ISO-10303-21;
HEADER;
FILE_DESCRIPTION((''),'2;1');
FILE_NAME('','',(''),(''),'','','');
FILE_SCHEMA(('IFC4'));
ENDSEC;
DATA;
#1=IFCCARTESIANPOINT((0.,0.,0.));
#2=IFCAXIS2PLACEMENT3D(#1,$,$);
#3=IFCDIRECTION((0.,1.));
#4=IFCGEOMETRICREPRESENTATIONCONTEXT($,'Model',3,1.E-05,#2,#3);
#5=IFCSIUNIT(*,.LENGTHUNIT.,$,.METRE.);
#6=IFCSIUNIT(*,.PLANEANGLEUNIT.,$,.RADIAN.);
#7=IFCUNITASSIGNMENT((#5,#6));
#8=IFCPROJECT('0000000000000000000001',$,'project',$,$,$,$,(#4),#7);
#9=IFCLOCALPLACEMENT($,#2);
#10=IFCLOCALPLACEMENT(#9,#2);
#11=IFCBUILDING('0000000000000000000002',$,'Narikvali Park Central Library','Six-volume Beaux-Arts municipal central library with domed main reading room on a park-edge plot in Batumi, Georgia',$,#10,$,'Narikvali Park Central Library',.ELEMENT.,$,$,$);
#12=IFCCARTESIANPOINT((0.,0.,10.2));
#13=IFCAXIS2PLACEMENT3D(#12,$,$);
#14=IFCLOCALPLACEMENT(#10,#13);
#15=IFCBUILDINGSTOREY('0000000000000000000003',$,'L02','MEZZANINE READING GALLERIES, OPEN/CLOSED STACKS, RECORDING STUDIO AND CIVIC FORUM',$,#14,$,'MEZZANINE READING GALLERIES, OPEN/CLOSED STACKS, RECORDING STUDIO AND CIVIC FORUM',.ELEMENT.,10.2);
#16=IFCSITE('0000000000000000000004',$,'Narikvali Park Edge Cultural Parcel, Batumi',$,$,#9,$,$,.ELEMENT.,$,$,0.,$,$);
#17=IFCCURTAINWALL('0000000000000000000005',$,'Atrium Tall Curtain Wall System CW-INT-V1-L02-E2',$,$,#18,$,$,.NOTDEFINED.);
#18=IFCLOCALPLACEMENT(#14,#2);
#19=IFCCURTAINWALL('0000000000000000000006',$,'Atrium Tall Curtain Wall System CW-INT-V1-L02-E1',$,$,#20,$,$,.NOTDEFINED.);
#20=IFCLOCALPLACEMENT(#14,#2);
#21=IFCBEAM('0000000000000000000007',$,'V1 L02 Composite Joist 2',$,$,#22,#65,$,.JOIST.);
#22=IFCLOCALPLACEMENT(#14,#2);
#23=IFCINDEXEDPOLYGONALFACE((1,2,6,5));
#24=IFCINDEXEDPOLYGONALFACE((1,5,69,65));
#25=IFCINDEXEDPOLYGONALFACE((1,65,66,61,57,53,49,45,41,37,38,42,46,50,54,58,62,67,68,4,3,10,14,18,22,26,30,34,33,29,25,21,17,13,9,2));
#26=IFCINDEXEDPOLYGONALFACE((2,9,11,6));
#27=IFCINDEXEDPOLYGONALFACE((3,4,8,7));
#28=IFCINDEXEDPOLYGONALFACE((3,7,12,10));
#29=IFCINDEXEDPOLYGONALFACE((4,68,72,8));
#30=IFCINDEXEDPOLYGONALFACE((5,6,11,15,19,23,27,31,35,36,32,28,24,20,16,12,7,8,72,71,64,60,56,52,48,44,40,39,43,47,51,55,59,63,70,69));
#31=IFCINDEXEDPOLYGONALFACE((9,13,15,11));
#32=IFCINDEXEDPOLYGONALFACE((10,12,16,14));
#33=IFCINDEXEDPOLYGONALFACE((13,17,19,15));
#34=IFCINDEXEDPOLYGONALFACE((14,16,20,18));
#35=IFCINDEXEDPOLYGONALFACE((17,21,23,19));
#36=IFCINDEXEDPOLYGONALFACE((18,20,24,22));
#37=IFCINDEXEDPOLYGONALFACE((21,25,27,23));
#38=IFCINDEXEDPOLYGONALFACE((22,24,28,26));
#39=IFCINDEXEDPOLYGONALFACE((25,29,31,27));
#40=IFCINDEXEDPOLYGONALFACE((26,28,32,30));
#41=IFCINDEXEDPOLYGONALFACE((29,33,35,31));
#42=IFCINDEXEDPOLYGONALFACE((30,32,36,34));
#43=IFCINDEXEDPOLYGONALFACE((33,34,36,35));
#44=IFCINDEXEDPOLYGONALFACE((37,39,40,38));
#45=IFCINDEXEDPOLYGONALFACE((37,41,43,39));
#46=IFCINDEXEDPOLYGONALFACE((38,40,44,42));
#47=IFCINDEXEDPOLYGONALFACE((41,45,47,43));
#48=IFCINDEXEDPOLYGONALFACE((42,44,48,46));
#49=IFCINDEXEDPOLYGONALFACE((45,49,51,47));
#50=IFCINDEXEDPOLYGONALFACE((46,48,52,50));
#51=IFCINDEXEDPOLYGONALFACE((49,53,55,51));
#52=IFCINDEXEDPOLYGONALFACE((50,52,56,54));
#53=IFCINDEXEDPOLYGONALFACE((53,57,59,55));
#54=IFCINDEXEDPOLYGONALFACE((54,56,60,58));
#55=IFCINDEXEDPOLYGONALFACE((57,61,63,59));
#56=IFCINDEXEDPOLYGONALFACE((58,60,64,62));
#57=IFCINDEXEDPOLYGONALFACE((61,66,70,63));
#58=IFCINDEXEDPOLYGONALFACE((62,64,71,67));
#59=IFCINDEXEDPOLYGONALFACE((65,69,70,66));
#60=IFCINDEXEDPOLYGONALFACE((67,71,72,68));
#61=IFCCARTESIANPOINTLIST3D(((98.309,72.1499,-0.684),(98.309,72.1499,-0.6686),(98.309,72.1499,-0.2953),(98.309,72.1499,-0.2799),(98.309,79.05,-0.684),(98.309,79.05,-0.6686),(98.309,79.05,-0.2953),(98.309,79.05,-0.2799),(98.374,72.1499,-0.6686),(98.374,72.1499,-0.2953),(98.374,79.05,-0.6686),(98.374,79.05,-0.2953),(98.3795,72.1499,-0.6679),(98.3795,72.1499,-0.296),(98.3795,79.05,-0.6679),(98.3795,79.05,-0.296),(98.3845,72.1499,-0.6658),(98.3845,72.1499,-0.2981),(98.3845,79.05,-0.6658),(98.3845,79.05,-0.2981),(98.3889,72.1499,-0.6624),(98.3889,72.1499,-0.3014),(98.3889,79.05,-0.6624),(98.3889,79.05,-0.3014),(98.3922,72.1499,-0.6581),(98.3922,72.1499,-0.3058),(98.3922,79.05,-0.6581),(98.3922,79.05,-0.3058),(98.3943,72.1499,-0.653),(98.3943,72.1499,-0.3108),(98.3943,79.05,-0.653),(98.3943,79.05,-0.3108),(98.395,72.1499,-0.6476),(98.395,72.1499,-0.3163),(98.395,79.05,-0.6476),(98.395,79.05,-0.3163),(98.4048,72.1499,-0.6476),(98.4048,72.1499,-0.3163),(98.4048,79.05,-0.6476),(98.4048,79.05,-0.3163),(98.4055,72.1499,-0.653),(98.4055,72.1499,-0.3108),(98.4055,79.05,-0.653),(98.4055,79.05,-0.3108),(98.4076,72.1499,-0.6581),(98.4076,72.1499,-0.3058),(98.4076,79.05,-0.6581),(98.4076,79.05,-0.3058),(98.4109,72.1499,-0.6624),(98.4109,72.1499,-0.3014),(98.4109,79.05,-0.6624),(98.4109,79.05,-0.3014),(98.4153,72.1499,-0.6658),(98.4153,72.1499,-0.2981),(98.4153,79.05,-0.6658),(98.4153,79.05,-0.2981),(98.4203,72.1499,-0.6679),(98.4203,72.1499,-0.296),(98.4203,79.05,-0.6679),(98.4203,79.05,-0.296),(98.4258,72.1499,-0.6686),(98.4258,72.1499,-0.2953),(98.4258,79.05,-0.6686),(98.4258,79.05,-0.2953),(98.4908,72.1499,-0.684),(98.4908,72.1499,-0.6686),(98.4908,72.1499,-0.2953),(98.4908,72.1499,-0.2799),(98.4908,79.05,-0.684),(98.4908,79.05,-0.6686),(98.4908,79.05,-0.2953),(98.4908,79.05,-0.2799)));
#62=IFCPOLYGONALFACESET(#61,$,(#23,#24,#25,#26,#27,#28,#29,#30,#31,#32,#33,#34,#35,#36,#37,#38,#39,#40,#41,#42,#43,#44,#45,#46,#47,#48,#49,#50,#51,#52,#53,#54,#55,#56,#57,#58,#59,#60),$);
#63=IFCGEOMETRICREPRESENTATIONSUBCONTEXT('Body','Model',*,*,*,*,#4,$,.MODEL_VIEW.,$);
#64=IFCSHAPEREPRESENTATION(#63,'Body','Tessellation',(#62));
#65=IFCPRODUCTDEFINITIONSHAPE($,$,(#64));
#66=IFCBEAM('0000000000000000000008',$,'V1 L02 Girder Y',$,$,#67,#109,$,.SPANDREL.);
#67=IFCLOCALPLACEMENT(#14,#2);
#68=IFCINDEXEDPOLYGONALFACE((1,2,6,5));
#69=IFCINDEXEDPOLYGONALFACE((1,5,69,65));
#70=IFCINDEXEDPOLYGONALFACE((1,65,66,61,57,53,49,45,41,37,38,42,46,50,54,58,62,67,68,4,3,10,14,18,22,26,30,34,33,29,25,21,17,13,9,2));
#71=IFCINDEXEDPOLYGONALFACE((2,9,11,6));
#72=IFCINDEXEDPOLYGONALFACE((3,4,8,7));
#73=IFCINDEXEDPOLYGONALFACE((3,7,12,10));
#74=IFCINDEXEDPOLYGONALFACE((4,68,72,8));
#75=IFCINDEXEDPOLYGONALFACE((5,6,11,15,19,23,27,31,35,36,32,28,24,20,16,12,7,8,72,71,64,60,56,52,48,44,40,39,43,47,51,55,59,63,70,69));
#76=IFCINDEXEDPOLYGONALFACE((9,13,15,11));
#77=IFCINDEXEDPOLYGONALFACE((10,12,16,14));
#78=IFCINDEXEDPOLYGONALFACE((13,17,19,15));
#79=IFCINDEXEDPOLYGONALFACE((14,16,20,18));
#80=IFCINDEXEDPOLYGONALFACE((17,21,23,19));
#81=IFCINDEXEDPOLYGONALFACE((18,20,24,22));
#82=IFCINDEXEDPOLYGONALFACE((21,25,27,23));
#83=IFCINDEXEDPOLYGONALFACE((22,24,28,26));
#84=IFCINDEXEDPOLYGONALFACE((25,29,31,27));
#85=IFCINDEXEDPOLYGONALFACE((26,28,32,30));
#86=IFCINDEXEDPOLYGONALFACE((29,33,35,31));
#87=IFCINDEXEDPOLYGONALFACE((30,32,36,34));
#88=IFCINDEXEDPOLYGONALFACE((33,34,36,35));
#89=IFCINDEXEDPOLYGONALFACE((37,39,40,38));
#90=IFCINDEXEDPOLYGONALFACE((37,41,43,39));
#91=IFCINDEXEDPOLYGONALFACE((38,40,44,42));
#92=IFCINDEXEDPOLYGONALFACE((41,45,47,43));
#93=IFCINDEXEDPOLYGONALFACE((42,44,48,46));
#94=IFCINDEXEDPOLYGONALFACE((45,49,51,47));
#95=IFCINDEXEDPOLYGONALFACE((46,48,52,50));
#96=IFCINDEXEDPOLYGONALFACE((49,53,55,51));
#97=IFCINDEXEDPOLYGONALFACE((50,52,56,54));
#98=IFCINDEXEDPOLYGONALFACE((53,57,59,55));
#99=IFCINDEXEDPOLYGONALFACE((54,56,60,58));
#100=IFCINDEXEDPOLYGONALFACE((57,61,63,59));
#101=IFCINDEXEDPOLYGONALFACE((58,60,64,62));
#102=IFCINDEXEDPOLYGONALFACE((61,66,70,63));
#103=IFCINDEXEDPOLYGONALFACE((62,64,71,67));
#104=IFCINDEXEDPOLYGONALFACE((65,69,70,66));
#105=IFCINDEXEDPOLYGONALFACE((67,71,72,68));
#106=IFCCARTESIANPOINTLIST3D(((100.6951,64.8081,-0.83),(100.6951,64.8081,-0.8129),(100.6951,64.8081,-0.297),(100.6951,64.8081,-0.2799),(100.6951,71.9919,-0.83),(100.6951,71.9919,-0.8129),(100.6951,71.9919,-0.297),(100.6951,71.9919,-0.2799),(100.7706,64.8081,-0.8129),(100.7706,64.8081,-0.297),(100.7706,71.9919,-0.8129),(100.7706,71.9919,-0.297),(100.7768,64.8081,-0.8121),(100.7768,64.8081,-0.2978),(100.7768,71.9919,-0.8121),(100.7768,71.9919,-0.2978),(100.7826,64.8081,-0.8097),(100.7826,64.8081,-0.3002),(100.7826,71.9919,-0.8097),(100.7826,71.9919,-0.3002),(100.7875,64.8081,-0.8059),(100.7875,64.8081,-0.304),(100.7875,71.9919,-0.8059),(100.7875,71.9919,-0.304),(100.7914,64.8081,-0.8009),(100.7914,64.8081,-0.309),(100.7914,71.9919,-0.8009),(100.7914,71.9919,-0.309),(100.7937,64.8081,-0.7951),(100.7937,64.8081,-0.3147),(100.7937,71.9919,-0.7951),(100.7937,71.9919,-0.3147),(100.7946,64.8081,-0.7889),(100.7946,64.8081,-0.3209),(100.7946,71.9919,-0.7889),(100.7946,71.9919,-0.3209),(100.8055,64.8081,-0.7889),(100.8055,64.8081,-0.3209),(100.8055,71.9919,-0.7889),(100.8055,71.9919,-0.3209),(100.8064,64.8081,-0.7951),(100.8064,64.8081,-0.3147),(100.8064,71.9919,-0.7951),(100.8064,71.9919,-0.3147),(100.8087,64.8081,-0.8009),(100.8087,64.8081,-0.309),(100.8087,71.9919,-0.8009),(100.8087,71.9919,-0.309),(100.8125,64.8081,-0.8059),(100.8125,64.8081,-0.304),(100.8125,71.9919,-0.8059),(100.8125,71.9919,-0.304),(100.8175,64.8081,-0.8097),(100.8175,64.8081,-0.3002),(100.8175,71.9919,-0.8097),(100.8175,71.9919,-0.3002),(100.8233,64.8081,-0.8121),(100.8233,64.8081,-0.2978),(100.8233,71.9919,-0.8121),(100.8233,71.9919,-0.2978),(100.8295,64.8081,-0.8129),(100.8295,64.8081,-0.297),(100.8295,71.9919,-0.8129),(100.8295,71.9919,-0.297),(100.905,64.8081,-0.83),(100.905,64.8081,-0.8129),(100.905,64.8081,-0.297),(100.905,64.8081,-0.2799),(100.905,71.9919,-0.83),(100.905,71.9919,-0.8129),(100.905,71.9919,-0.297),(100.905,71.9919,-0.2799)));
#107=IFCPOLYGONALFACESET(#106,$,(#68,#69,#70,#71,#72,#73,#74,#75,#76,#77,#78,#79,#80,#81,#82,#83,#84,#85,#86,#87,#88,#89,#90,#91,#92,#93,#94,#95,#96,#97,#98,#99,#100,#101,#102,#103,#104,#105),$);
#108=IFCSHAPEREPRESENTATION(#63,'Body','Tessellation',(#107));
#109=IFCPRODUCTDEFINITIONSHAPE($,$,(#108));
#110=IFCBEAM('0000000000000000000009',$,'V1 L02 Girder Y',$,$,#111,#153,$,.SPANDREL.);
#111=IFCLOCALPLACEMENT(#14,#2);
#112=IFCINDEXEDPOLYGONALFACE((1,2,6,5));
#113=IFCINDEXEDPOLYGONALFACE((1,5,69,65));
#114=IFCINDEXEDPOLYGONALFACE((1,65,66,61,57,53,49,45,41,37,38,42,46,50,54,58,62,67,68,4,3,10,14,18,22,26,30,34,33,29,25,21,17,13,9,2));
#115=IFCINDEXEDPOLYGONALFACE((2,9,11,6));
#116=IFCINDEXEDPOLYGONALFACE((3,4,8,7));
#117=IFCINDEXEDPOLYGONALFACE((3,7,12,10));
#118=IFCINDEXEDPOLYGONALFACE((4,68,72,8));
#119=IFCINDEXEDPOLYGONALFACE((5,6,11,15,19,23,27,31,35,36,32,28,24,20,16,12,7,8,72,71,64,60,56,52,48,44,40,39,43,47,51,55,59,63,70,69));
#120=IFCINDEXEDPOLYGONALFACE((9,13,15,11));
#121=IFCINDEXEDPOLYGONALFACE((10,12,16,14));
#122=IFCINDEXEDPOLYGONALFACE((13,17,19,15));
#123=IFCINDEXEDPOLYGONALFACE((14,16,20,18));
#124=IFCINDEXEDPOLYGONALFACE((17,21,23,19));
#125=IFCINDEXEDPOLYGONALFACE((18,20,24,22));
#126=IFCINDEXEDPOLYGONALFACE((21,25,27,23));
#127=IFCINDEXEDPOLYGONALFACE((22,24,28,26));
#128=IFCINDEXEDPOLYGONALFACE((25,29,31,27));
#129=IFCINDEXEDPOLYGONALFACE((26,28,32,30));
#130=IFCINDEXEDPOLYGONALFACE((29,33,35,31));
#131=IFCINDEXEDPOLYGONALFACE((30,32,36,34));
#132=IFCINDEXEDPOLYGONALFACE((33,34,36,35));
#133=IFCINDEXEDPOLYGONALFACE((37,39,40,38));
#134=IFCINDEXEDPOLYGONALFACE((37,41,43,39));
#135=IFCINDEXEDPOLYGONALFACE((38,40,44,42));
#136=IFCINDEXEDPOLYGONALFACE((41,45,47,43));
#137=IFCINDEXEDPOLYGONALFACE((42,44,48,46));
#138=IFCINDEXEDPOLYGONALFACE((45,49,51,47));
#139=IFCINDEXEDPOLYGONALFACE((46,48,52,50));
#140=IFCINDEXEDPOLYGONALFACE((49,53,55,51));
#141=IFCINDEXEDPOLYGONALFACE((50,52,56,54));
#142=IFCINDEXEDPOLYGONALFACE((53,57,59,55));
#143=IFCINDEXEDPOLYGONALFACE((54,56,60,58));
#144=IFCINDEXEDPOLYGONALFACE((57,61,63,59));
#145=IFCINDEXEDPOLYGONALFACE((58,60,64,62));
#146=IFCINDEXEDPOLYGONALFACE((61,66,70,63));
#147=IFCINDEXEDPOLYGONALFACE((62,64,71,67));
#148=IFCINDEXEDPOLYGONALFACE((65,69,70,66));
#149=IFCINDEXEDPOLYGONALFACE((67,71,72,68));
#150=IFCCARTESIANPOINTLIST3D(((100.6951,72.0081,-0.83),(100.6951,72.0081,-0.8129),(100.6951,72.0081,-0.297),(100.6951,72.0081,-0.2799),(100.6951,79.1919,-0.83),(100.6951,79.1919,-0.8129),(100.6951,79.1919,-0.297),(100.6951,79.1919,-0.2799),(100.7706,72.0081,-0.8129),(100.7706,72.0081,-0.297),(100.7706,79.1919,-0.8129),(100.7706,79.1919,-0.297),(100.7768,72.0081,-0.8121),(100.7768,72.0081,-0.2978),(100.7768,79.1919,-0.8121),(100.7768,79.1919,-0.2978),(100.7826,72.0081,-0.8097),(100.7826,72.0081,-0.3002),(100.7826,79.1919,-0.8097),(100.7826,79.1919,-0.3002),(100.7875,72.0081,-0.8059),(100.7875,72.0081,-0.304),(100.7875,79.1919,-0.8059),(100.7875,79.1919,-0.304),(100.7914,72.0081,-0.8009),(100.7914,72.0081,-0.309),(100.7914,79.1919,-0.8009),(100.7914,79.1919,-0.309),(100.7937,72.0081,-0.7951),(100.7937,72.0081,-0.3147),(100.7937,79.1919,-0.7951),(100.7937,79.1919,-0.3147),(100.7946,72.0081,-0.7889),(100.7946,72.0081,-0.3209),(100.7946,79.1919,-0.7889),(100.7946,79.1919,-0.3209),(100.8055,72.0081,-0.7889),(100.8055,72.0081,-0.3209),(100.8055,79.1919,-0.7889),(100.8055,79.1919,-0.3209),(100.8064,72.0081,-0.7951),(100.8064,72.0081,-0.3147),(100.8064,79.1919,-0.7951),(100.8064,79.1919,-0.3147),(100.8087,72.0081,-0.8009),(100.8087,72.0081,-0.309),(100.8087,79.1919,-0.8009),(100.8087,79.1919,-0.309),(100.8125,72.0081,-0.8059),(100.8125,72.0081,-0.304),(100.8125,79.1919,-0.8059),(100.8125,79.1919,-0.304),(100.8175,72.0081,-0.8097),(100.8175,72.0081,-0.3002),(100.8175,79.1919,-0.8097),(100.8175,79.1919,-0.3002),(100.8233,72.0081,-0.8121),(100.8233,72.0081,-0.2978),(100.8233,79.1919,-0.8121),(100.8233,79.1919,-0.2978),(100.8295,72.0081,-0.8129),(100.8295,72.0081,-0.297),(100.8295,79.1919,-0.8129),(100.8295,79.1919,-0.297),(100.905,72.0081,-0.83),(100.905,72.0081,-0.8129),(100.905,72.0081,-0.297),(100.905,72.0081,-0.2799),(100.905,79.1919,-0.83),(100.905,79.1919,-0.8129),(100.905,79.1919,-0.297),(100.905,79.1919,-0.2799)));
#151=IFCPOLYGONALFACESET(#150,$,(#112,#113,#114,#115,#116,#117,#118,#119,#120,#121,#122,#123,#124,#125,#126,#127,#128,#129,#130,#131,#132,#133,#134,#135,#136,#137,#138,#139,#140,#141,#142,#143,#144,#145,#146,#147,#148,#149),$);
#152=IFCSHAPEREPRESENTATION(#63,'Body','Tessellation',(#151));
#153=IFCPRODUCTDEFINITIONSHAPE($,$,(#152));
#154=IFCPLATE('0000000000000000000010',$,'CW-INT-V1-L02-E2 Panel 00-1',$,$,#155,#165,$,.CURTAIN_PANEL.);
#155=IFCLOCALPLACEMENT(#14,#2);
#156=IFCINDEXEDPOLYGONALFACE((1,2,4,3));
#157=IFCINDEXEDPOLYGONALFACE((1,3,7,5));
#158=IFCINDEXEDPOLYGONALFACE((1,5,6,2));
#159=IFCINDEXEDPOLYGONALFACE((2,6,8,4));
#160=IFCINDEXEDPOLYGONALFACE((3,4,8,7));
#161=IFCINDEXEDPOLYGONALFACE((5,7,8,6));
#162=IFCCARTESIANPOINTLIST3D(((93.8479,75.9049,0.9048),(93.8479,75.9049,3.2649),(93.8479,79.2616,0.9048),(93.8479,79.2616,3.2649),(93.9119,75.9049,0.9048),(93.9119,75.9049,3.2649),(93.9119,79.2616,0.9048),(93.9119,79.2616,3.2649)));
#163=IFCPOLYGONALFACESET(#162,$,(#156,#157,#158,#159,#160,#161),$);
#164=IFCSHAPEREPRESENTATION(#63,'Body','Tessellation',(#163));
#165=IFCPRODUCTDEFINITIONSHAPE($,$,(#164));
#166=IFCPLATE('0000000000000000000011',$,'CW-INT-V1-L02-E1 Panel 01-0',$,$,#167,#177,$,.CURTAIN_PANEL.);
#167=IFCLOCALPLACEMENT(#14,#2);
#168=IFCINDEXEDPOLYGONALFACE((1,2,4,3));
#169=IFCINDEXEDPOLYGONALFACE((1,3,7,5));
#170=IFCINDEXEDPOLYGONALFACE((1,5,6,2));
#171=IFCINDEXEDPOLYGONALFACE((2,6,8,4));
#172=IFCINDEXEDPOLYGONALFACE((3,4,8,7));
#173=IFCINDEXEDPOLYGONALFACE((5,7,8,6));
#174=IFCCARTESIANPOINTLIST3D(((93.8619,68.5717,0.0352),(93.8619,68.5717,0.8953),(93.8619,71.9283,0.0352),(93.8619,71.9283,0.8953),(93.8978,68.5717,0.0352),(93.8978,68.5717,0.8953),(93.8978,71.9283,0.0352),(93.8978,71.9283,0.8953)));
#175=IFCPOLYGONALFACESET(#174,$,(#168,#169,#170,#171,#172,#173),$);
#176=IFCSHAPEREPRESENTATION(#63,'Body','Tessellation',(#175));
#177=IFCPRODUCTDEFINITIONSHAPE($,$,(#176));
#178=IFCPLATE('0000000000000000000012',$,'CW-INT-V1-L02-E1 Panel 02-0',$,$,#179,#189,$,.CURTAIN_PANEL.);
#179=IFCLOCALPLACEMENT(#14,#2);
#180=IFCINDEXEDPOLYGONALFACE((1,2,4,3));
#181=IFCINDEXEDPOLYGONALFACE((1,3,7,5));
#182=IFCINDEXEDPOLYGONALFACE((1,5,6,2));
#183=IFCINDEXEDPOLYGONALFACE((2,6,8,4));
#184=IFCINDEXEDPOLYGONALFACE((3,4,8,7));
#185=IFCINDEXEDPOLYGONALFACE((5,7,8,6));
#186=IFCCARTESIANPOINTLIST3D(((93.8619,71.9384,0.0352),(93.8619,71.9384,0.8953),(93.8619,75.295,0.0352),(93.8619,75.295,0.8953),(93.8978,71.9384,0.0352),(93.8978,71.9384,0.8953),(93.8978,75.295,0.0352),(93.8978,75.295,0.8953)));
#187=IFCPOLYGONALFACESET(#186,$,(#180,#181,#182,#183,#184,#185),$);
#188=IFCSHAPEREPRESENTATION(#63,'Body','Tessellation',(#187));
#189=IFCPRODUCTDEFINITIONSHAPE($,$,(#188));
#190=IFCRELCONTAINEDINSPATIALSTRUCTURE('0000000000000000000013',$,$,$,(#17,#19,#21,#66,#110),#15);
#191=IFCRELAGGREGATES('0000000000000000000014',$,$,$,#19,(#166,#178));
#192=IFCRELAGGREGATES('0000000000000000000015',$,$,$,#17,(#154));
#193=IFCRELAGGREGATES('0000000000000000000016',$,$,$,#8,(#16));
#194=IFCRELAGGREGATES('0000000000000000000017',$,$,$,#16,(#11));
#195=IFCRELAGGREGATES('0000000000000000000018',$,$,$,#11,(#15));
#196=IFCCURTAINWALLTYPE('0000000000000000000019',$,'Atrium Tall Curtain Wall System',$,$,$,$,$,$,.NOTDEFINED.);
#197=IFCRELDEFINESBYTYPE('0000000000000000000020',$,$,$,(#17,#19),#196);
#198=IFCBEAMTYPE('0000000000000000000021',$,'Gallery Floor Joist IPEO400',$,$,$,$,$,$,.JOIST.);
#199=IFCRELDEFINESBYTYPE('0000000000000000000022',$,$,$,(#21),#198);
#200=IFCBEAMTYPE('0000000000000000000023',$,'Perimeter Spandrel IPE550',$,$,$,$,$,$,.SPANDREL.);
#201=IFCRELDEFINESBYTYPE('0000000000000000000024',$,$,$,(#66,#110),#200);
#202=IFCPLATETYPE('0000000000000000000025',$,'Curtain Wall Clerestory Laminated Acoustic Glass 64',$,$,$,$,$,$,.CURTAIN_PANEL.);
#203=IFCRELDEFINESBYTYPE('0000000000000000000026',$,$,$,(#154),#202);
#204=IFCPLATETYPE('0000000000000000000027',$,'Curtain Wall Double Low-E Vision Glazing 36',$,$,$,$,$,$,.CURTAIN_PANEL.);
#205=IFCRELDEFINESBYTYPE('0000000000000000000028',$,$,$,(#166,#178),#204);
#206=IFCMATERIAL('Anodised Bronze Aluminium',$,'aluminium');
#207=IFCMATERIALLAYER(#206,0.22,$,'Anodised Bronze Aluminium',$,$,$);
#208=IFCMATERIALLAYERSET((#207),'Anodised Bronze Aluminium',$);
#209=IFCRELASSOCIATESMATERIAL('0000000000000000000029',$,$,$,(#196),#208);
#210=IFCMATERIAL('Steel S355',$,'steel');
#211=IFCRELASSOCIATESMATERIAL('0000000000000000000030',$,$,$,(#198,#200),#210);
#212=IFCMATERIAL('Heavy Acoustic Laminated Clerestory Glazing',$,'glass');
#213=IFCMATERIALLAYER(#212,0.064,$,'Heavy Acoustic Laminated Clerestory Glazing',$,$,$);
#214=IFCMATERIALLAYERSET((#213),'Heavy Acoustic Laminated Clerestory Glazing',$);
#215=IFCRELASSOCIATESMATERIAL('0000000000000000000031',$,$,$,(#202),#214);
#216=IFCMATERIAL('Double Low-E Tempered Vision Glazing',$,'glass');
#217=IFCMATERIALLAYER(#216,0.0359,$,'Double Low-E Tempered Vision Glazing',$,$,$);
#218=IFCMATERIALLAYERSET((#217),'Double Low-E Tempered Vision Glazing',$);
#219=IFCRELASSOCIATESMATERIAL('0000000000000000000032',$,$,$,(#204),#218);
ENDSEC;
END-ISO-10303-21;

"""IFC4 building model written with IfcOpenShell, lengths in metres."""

from ifc_helpers import new_model, si_unit, direction, frame, origin, origin_2d, place, context, subcontext, project, spatial, rectangle, i_section, extrude, material, layer, layer_set, material_profile, profile_set, type_object, element, aggregate, save


model = new_model("IFC4")

# Units and contexts
model_context = context("Model", 3, precision=1e-05, world=origin(), true_north=direction((0.0, 1.0)))
body_context = subcontext(model_context, "Body", "Model", "MODEL_VIEW")
ifc_project = project(units=[si_unit("LENGTHUNIT", "METRE"), si_unit("PLANEANGLEUNIT", "RADIAN")], contexts=[model_context])

# Site, building, storey
site_placement = place(None, origin())
site = spatial("IfcSite", under=ifc_project, at=site_placement, Name="Narikvali Park Edge Cultural Parcel, Batumi", CompositionType="ELEMENT", RefElevation=0.0)
building_placement = place(site_placement, origin())
building = spatial("IfcBuilding", under=site, at=building_placement, Name="Narikvali Park Central Library", Description="Six-volume Beaux-Arts municipal central library with domed main reading room on a park-edge plot in Batumi, Georgia", LongName="Narikvali Park Central Library", CompositionType="ELEMENT")
storey_placement = place(building_placement, frame((0.0, 0.0, 10.2)))
storey = spatial("IfcBuildingStorey", under=building, at=storey_placement, Name="L02", Description="MEZZANINE READING GALLERIES, OPEN/CLOSED STACKS, RECORDING STUDIO AND CIVIC FORUM", LongName="MEZZANINE READING GALLERIES, OPEN/CLOSED STACKS, RECORDING STUDIO AND CIVIC FORUM", CompositionType="ELEMENT", Elevation=10.2)

# Shared definitions
ifc_material_1 = material(Name="Steel S355", Category="steel")

# Curtain walls
ifc_material_2 = material(Name="Anodised Bronze Aluminium", Category="aluminium")
ifc_layer_1 = layer(ifc_material_2, 0.22, Name="Anodised Bronze Aluminium")
ifc_layer_set_1 = layer_set([ifc_layer_1], Name="Anodised Bronze Aluminium")
curtain_wall_type = type_object("IfcCurtainWallType", Name="Atrium Tall Curtain Wall System", PredefinedType="NOTDEFINED", material=ifc_layer_set_1)
curtain_wall_1_placement = place(storey_placement, origin())
curtain_wall_1 = element("IfcCurtainWall", 1, at=curtain_wall_1_placement, inside=storey, type_object=curtain_wall_type, Name="Atrium Tall Curtain Wall System CW-INT-V1-L02-E2", PredefinedType="NOTDEFINED")
curtain_wall_2_placement = place(storey_placement, origin())
curtain_wall_2 = element("IfcCurtainWall", 2, at=curtain_wall_2_placement, inside=storey, type_object=curtain_wall_type, Name="Atrium Tall Curtain Wall System CW-INT-V1-L02-E1", PredefinedType="NOTDEFINED")

# Beams
ifc_material_profile_1 = material_profile(ifc_material_1, i_section(OverallWidth=0.1819, OverallDepth=0.4041, WebThickness=0.0098, FlangeThickness=0.0154, FilletRadius=0.021, at=origin_2d()), Name="IPEO 400")
ifc_profile_set_1 = profile_set([ifc_material_profile_1], Name="Steel S355")
beam_type_1 = type_object("IfcBeamType", Name="Gallery Floor Joist IPEO400", PredefinedType="JOIST", material=ifc_profile_set_1)
for number, where, z_axis, x_axis, name in (
    (3, (98.3999, 72.1499, -0.4819), (0.0, 1.0, 0.0), (-1.0, 0.0, 0.0), "V1 L02 Composite Joist 2"),
):
    element("IfcBeam", number, at=place(storey_placement, frame(where, z_axis=z_axis, x_axis=x_axis)), inside=storey, type_object=beam_type_1, Name=name, PredefinedType="JOIST", context=body_context, shape_type="SweptSolid", body=[
        extrude(i_section(OverallWidth=0.1819, OverallDepth=0.4041, WebThickness=0.0098, FlangeThickness=0.0154, FilletRadius=0.021, at=origin_2d()), origin(), (0.0, 0.0, 1.0), 6.9001),
    ])
ifc_material_profile_2 = material_profile(ifc_material_1, i_section(OverallWidth=0.21, OverallDepth=0.55, WebThickness=0.011, FlangeThickness=0.0171, FilletRadius=0.0239, at=origin_2d()), Name="IPE 550")
ifc_profile_set_2 = profile_set([ifc_material_profile_2], Name="Steel S355")
beam_type_2 = type_object("IfcBeamType", Name="Perimeter Spandrel IPE550", PredefinedType="SPANDREL", material=ifc_profile_set_2)
for number, where, z_axis, x_axis, name in (
    (4, (100.8, 64.8081, -0.5549), (0.0, 1.0, 0.0), (-1.0, 0.0, 0.0), "V1 L02 Girder Y"),
    (5, (100.8, 72.0081, -0.5549), (0.0, 1.0, 0.0), (-1.0, 0.0, 0.0), "V1 L02 Girder Y"),
):
    element("IfcBeam", number, at=place(storey_placement, frame(where, z_axis=z_axis, x_axis=x_axis)), inside=storey, type_object=beam_type_2, Name=name, PredefinedType="SPANDREL", context=body_context, shape_type="SweptSolid", body=[
        extrude(i_section(OverallWidth=0.21, OverallDepth=0.55, WebThickness=0.011, FlangeThickness=0.0171, FilletRadius=0.0239, at=origin_2d()), origin(), (0.0, 0.0, 1.0), 7.1838),
    ])

# Plates
ifc_material_3 = material(Name="Heavy Acoustic Laminated Clerestory Glazing", Category="glass")
ifc_layer_2 = layer(ifc_material_3, 0.064, Name="Heavy Acoustic Laminated Clerestory Glazing")
ifc_layer_set_2 = layer_set([ifc_layer_2], Name="Heavy Acoustic Laminated Clerestory Glazing")
plate_type_1 = type_object("IfcPlateType", Name="Curtain Wall Clerestory Laminated Acoustic Glass 64", PredefinedType="CURTAIN_PANEL", material=ifc_layer_set_2)
plate_1_placement = place(storey_placement, frame((93.8799, 77.5833, 0.9048), z_axis=(0.0, 0.0, 1.0), x_axis=(0.0, 1.0, 0.0)))
plate_1 = element("IfcPlate", 6, at=plate_1_placement, type_object=plate_type_1, Name="CW-INT-V1-L02-E2 Panel 00-1", PredefinedType="CURTAIN_PANEL", context=body_context, shape_type="SweptSolid", body=[
    extrude(rectangle(XDim=3.3567, YDim=0.064, at=origin_2d()), origin(), (0.0, 0.0, 1.0), 2.3601),
])
ifc_material_4 = material(Name="Double Low-E Tempered Vision Glazing", Category="glass")
ifc_layer_3 = layer(ifc_material_4, 0.0359, Name="Double Low-E Tempered Vision Glazing")
ifc_layer_set_3 = layer_set([ifc_layer_3], Name="Double Low-E Tempered Vision Glazing")
plate_type_2 = type_object("IfcPlateType", Name="Curtain Wall Double Low-E Vision Glazing 36", PredefinedType="CURTAIN_PANEL", material=ifc_layer_set_3)
plate_2_placement = place(storey_placement, frame((93.8799, 70.25, 0.0352), z_axis=(0.0, 0.0, 1.0), x_axis=(0.0, 1.0, 0.0)))
plate_2 = element("IfcPlate", 7, at=plate_2_placement, type_object=plate_type_2, Name="CW-INT-V1-L02-E1 Panel 01-0", PredefinedType="CURTAIN_PANEL", context=body_context, shape_type="SweptSolid", body=[
    extrude(rectangle(XDim=3.3567, YDim=0.0359, at=origin_2d()), origin(), (0.0, 0.0, 1.0), 0.8601),
])
plate_3_placement = place(storey_placement, frame((93.8799, 73.6167, 0.0352), z_axis=(0.0, 0.0, 1.0), x_axis=(0.0, 1.0, 0.0)))
plate_3 = element("IfcPlate", 8, at=plate_3_placement, type_object=plate_type_2, Name="CW-INT-V1-L02-E1 Panel 02-0", PredefinedType="CURTAIN_PANEL", context=body_context, shape_type="SweptSolid", body=[
    extrude(rectangle(XDim=3.3567, YDim=0.0359, at=origin_2d()), origin(), (0.0, 0.0, 1.0), 0.8601),
])
aggregate(curtain_wall_2, [plate_2, plate_3])
aggregate(curtain_wall_1, [plate_1])

save(model, "model.ifc")
